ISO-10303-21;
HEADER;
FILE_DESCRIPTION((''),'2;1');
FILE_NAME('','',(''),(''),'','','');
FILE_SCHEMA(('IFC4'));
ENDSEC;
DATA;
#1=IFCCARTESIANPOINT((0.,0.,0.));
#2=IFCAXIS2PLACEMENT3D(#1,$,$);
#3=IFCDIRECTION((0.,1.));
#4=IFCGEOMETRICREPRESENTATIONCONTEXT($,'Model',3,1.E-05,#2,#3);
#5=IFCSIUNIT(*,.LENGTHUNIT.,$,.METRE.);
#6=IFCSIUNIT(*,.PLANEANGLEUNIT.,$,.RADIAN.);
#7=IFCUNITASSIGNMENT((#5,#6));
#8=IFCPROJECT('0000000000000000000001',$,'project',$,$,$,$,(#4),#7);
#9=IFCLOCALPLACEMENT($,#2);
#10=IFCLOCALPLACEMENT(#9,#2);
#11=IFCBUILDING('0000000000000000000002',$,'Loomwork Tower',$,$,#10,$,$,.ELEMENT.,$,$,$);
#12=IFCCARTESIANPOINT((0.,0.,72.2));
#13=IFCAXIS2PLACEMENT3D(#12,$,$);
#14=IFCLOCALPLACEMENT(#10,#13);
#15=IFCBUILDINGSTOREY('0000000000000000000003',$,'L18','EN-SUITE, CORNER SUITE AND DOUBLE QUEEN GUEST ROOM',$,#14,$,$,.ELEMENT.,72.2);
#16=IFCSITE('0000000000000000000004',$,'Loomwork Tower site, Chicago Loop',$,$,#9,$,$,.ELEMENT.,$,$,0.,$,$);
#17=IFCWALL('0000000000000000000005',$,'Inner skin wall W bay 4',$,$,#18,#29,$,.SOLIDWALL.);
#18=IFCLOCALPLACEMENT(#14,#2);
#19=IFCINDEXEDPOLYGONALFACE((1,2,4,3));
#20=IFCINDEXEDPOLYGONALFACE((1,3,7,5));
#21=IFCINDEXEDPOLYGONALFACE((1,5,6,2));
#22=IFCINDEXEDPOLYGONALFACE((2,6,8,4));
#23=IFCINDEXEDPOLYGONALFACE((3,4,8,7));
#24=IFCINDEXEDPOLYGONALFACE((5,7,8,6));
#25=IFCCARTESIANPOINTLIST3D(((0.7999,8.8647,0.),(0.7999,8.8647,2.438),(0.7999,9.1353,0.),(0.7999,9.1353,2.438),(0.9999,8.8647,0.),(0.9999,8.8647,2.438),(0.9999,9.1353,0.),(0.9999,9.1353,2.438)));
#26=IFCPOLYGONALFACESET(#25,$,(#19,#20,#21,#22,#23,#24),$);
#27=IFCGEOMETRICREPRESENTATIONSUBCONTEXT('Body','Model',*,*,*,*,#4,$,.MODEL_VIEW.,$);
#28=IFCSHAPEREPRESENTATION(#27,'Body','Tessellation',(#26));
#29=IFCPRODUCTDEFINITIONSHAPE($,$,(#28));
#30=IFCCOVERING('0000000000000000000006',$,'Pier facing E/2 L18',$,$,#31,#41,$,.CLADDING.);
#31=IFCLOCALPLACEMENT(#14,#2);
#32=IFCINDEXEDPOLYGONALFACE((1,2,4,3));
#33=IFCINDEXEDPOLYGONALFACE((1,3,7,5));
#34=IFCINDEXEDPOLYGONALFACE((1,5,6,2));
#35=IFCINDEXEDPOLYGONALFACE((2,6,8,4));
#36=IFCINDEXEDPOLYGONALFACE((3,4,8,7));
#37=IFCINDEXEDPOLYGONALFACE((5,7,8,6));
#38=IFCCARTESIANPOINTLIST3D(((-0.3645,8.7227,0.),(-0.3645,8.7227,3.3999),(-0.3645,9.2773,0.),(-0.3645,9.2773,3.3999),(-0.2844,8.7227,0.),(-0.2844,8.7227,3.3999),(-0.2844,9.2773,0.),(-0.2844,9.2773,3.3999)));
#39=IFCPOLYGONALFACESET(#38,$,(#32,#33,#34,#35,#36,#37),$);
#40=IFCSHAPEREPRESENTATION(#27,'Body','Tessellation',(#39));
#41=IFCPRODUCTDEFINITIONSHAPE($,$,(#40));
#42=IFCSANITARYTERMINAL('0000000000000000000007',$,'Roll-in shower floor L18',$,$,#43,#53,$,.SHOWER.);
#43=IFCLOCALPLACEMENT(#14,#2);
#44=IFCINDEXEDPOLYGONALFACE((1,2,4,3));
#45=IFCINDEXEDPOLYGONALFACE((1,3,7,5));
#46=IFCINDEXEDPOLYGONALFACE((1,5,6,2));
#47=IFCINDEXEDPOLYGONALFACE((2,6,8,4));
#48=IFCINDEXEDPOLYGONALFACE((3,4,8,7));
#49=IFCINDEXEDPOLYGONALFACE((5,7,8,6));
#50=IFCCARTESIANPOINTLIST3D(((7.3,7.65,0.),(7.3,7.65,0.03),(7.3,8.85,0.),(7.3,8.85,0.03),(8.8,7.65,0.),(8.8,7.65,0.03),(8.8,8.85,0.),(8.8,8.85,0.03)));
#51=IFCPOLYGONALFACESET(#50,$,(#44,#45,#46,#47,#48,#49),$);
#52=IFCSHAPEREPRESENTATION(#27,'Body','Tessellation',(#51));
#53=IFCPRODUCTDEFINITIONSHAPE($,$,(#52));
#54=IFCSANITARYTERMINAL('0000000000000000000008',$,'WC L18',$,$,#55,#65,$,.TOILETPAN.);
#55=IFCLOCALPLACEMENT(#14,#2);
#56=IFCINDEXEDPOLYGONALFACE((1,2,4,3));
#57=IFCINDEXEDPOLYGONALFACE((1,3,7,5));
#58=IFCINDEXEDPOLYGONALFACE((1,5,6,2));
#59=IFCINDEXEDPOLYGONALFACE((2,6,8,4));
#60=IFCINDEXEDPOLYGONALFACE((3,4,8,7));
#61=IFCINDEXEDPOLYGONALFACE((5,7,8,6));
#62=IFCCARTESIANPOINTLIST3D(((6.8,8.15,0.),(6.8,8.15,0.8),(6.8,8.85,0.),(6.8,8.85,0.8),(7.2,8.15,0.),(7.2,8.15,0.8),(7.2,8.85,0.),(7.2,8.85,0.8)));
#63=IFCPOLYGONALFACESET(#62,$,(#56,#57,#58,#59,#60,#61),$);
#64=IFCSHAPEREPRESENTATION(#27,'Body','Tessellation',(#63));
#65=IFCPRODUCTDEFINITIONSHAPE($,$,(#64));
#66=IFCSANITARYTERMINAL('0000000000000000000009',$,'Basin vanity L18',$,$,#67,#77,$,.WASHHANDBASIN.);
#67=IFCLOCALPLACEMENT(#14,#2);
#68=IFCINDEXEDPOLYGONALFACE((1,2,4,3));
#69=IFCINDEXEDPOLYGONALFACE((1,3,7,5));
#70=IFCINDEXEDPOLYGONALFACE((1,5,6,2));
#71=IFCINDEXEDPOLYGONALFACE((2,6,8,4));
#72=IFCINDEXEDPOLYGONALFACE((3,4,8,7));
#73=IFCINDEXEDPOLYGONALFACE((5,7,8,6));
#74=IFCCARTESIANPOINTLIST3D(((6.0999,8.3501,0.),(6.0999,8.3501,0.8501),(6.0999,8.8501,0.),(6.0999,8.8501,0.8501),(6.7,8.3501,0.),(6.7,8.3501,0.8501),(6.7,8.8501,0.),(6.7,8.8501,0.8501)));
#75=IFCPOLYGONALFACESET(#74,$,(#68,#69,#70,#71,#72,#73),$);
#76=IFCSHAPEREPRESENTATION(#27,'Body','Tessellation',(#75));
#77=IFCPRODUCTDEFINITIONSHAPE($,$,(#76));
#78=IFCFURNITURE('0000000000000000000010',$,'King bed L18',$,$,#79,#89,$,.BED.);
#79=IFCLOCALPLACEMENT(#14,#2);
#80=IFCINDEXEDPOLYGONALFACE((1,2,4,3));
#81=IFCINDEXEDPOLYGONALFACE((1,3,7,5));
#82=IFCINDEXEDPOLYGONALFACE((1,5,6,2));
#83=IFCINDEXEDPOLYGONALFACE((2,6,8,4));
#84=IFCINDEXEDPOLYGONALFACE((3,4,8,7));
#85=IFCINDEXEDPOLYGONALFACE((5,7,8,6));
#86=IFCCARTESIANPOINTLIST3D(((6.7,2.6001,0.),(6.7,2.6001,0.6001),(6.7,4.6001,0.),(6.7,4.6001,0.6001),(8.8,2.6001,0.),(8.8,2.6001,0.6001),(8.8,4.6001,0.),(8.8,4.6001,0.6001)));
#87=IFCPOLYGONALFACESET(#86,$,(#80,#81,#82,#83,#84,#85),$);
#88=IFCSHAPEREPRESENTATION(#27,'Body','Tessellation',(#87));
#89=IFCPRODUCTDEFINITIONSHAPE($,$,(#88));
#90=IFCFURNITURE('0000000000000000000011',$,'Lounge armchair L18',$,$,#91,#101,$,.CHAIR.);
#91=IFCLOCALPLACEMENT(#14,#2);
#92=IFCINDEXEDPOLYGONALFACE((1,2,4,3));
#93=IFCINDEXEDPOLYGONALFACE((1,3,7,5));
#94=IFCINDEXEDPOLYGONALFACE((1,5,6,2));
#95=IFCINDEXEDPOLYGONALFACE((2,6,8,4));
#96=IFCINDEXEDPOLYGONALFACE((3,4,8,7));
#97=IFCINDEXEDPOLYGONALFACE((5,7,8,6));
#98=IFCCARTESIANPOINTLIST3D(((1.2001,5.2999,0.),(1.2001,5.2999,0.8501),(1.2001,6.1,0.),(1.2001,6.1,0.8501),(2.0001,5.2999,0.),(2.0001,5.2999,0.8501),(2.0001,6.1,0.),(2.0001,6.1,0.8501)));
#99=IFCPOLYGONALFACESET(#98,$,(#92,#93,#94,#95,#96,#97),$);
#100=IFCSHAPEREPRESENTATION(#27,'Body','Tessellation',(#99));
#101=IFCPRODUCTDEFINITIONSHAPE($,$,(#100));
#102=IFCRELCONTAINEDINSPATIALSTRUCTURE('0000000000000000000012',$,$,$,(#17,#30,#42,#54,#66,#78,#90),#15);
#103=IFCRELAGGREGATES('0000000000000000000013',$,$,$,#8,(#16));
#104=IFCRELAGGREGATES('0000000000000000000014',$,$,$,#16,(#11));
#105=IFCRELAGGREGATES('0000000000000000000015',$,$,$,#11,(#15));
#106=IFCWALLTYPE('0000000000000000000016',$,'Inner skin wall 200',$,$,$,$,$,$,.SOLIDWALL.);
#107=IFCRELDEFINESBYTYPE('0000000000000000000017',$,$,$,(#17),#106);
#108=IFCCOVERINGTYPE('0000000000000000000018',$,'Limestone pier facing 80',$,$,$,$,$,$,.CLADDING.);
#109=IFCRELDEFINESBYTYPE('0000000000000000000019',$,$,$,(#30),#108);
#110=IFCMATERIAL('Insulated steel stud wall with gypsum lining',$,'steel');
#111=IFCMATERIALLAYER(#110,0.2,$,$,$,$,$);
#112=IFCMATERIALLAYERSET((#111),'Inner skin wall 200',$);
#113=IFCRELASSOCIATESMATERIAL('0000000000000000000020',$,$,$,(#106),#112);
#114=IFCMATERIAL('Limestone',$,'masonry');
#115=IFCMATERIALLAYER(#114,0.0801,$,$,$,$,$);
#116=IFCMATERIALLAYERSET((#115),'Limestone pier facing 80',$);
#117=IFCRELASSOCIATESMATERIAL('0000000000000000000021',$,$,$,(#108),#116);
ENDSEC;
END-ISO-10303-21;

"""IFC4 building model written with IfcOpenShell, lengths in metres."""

from ifc_helpers import new_model, si_unit, direction, frame, frame_2d, origin, origin_2d, place, context, subcontext, project, spatial, rectangle, extrude, material, layer, layer_set, type_object, element, save


model = new_model("IFC4")

# Units and contexts
model_context = context("Model", 3, precision=1e-05, world=origin(), true_north=direction((0.0, 1.0)))
body_context = subcontext(model_context, "Body", "Model", "MODEL_VIEW")
ifc_project = project(units=[si_unit("LENGTHUNIT", "METRE"), si_unit("PLANEANGLEUNIT", "RADIAN")], contexts=[model_context])

# Site, building, storey
site_placement = place(None, origin())
site = spatial("IfcSite", under=ifc_project, at=site_placement, Name="Loomwork Tower site, Chicago Loop", CompositionType="ELEMENT", RefElevation=0.0)
building_placement = place(site_placement, origin())
building = spatial("IfcBuilding", under=site, at=building_placement, Name="Loomwork Tower", CompositionType="ELEMENT")
storey_placement = place(building_placement, frame((0.0, 0.0, 72.2)))
storey = spatial("IfcBuildingStorey", under=building, at=storey_placement, Name="L18", Description="EN-SUITE, CORNER SUITE AND DOUBLE QUEEN GUEST ROOM", CompositionType="ELEMENT", Elevation=72.2)

# Wall
ifc_material_1 = material(Name="Insulated steel stud wall with gypsum lining", Category="steel")
ifc_layer_1 = layer(ifc_material_1, 0.2)
ifc_layer_set_1 = layer_set([ifc_layer_1], Name="Inner skin wall 200")
wall_type_1 = type_object("IfcWallType", Name="Inner skin wall 200", PredefinedType="SOLIDWALL", material=ifc_layer_set_1)
wall_1_placement = place(storey_placement, frame((0.8999, 8.8647, 0.0), z_axis=(0.0, 0.0, 1.0), x_axis=(0.0, 1.0, 0.0)))
element("IfcWall", 1, at=wall_1_placement, inside=storey, type_object=wall_type_1, Name="Inner skin wall W bay 4", PredefinedType="SOLIDWALL", context=body_context, shape_type="SweptSolid", body=[
    extrude(rectangle(XDim=0.2705, YDim=0.2, at=frame_2d((0.1353, 0.0))), origin(), (0.0, 0.0, 1.0), 2.438),
])

# Covering
ifc_material_2 = material(Name="Limestone", Category="masonry")
ifc_layer_2 = layer(ifc_material_2, 0.0801)
ifc_layer_set_2 = layer_set([ifc_layer_2], Name="Limestone pier facing 80")
covering_type = type_object("IfcCoveringType", Name="Limestone pier facing 80", PredefinedType="CLADDING", material=ifc_layer_set_2)
covering_placement = place(storey_placement, frame((-0.3245, 9.0, 0.0), z_axis=(0.0, 0.0, 1.0), x_axis=(1.0, 0.0, 0.0)))
element("IfcCovering", 2, at=covering_placement, inside=storey, type_object=covering_type, Name="Pier facing E/2 L18", PredefinedType="CLADDING", context=body_context, shape_type="SweptSolid", body=[
    extrude(rectangle(XDim=0.0801, YDim=0.5547, at=origin_2d()), origin(), (0.0, 0.0, 1.0), 3.3999),
])

# Sanitary terminals
sanitary_terminal_1_placement = place(storey_placement, frame((8.05, 8.25, 0.0), z_axis=(0.0, 0.0, 1.0), x_axis=(1.0, 0.0, 0.0)))
element("IfcSanitaryTerminal", 3, at=sanitary_terminal_1_placement, inside=storey, Name="Roll-in shower floor L18", PredefinedType="SHOWER", context=body_context, shape_type="SweptSolid", body=[
    extrude(rectangle(XDim=1.5, YDim=1.2, at=origin_2d()), origin(), (0.0, 0.0, 1.0), 0.03),
])
sanitary_terminal_2_placement = place(storey_placement, frame((7.0, 8.5, 0.0), z_axis=(0.0, 0.0, 1.0), x_axis=(1.0, 0.0, 0.0)))
element("IfcSanitaryTerminal", 4, at=sanitary_terminal_2_placement, inside=storey, Name="WC L18", PredefinedType="TOILETPAN", context=body_context, shape_type="SweptSolid", body=[
    extrude(rectangle(XDim=0.3999, YDim=0.7, at=origin_2d()), origin(), (0.0, 0.0, 1.0), 0.8),
])
sanitary_terminal_3_placement = place(storey_placement, frame((6.3999, 8.6001, 0.0), z_axis=(0.0, 0.0, 1.0), x_axis=(1.0, 0.0, 0.0)))
element("IfcSanitaryTerminal", 5, at=sanitary_terminal_3_placement, inside=storey, Name="Basin vanity L18", PredefinedType="WASHHANDBASIN", context=body_context, shape_type="SweptSolid", body=[
    extrude(rectangle(XDim=0.6001, YDim=0.5, at=origin_2d()), origin(), (0.0, 0.0, 1.0), 0.8501),
])

# Furniture
furniture_1_placement = place(storey_placement, frame((7.75, 3.6001, 0.0), z_axis=(0.0, 0.0, 1.0), x_axis=(1.0, 0.0, 0.0)))
element("IfcFurniture", 6, at=furniture_1_placement, inside=storey, Name="King bed L18", PredefinedType="BED", context=body_context, shape_type="SweptSolid", body=[
    extrude(rectangle(XDim=2.1001, YDim=2.0, at=origin_2d()), origin(), (0.0, 0.0, 1.0), 0.6001),
])
furniture_2_placement = place(storey_placement, frame((1.6001, 5.7, 0.0), z_axis=(0.0, 0.0, 1.0), x_axis=(1.0, 0.0, 0.0)))
element("IfcFurniture", 7, at=furniture_2_placement, inside=storey, Name="Lounge armchair L18", PredefinedType="CHAIR", context=body_context, shape_type="SweptSolid", body=[
    extrude(rectangle(XDim=0.8, YDim=0.8, at=origin_2d()), origin(), (0.0, 0.0, 1.0), 0.8501),
])

save(model, "model.ifc")
